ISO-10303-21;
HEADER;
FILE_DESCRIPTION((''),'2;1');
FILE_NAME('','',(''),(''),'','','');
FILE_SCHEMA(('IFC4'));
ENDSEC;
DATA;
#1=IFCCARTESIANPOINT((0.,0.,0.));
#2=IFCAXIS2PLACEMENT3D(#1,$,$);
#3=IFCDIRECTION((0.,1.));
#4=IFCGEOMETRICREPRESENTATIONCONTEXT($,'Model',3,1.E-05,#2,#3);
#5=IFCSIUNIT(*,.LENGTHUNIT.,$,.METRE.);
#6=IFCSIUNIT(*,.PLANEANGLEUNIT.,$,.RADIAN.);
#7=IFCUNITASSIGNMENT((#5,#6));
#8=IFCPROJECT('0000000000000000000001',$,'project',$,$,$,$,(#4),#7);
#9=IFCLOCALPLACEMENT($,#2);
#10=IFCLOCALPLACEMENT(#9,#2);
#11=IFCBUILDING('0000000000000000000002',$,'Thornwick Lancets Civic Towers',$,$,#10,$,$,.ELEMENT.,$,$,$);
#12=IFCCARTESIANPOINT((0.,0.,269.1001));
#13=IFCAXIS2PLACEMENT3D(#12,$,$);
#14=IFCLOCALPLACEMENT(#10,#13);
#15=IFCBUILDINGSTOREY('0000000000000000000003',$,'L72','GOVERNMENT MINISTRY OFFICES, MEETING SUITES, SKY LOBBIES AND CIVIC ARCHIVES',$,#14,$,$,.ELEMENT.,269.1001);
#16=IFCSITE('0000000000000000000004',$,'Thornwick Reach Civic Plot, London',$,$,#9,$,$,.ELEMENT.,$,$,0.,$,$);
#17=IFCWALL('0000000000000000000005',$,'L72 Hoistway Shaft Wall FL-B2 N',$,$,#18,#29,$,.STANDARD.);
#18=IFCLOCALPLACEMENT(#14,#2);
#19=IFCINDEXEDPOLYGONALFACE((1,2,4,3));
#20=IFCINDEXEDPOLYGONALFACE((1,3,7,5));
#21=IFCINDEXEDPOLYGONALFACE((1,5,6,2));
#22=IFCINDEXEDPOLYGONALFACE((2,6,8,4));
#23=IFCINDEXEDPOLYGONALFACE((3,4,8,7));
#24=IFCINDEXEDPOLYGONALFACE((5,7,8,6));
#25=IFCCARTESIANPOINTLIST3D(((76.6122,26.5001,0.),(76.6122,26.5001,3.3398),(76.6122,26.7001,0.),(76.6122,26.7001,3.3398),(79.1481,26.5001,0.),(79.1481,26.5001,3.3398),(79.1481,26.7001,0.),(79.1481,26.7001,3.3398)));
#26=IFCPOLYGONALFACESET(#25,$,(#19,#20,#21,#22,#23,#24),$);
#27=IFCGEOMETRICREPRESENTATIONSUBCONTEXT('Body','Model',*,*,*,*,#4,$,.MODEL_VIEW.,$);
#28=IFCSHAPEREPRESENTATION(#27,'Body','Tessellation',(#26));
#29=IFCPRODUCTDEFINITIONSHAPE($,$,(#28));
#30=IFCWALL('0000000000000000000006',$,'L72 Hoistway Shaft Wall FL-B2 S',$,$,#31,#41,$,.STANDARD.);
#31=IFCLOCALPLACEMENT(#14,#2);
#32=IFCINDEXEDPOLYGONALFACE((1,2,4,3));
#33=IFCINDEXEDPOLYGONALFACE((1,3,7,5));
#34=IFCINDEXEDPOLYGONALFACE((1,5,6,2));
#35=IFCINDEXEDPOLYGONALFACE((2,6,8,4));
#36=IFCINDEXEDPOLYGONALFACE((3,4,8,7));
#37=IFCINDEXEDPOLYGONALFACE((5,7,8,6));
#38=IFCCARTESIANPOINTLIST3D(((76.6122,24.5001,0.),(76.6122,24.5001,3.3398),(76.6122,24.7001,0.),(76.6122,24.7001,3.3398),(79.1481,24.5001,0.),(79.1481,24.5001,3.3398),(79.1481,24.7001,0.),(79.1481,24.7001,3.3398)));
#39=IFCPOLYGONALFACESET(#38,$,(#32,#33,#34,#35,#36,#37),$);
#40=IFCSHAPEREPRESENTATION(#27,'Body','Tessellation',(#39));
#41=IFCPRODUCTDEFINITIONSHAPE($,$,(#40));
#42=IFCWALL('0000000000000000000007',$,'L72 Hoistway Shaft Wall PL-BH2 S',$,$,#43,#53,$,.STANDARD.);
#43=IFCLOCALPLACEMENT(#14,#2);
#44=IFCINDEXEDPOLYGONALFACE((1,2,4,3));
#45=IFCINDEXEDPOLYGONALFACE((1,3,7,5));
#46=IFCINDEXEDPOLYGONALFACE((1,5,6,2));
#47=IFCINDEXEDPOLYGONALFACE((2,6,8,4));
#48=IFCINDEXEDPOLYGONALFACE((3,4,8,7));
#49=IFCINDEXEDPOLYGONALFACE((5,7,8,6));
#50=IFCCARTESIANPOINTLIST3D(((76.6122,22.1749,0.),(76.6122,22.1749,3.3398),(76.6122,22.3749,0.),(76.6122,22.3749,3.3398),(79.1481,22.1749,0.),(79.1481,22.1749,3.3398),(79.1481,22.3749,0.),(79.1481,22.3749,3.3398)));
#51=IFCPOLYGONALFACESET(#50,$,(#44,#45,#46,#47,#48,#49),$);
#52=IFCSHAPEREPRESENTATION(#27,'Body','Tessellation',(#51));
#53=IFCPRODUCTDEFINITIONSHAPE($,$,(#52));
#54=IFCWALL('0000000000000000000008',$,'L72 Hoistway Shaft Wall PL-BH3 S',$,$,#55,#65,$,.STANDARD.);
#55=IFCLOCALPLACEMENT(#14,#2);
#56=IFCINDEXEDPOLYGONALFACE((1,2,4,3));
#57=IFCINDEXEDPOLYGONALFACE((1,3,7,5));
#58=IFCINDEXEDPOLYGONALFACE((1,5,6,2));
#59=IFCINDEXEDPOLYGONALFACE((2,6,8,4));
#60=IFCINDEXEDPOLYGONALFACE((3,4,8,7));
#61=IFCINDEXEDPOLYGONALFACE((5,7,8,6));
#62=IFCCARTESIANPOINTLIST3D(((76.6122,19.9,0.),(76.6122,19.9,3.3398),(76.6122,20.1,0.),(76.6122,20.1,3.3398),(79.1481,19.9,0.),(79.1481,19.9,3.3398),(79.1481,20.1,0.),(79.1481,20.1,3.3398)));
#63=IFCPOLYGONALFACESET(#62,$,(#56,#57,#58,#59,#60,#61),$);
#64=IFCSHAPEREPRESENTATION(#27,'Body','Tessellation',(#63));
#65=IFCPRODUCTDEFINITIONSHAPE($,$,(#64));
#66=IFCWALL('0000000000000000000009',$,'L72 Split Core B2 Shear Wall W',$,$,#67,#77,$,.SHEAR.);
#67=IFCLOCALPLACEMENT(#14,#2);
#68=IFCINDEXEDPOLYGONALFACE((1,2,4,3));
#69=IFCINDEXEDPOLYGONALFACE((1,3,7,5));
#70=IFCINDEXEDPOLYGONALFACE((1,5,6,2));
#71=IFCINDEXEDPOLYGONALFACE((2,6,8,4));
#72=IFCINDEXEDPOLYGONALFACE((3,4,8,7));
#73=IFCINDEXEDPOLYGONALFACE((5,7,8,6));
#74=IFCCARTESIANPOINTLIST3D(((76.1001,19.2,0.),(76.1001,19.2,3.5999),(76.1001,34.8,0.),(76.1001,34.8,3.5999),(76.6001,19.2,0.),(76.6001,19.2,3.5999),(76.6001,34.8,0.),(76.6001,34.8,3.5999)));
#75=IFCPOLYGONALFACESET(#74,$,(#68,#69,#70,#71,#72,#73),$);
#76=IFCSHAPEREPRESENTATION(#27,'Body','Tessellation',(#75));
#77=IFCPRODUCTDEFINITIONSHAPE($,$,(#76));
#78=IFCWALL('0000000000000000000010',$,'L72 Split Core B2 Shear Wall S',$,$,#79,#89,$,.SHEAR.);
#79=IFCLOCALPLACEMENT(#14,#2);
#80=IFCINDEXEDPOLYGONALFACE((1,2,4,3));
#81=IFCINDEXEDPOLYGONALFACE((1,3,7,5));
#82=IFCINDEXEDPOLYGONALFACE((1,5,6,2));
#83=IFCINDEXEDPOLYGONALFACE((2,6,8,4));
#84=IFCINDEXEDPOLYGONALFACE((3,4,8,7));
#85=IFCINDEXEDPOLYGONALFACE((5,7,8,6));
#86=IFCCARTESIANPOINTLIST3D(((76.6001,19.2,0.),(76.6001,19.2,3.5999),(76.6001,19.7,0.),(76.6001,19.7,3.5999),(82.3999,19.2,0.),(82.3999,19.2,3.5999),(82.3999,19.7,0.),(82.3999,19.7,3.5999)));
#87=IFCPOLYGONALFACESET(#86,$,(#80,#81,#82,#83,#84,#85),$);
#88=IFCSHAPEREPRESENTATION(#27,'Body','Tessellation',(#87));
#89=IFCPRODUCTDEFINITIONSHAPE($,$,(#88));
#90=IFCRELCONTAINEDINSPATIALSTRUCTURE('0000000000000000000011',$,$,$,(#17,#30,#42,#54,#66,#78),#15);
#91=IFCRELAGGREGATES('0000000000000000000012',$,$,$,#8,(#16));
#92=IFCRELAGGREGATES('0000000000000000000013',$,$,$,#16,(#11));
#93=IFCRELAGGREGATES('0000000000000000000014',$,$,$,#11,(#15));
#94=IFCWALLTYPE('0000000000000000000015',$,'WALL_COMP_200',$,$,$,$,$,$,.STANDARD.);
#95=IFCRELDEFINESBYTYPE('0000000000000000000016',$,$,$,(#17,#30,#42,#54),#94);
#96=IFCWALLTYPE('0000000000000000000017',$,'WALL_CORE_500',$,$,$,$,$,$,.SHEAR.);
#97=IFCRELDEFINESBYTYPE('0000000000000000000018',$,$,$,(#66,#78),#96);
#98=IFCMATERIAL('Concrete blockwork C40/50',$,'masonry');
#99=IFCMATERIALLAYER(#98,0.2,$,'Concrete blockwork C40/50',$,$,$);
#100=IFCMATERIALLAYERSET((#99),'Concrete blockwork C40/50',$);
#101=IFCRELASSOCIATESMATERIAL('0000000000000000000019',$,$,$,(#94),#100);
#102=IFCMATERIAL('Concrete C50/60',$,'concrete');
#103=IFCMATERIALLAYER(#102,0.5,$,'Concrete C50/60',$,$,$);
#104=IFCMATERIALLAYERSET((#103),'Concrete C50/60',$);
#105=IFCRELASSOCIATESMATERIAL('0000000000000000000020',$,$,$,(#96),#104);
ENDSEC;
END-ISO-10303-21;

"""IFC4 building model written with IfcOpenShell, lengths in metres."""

from ifc_helpers import new_model, si_unit, direction, frame, frame_2d, origin, place, context, subcontext, project, spatial, rectangle, extrude, material, layer, layer_set, type_object, element, save


model = new_model("IFC4")

# Units and contexts
model_context = context("Model", 3, precision=1e-05, world=origin(), true_north=direction((0.0, 1.0)))
body_context = subcontext(model_context, "Body", "Model", "MODEL_VIEW")
ifc_project = project(units=[si_unit("LENGTHUNIT", "METRE"), si_unit("PLANEANGLEUNIT", "RADIAN")], contexts=[model_context])

# Site, building, storey
site_placement = place(None, origin())
site = spatial("IfcSite", under=ifc_project, at=site_placement, Name="Thornwick Reach Civic Plot, London", CompositionType="ELEMENT", RefElevation=0.0)
building_placement = place(site_placement, origin())
building = spatial("IfcBuilding", under=site, at=building_placement, Name="Thornwick Lancets Civic Towers", CompositionType="ELEMENT")
storey_placement = place(building_placement, frame((0.0, 0.0, 269.1001)))
storey = spatial("IfcBuildingStorey", under=building, at=storey_placement, Name="L72", Description="GOVERNMENT MINISTRY OFFICES, MEETING SUITES, SKY LOBBIES AND CIVIC ARCHIVES", CompositionType="ELEMENT", Elevation=269.1001)

# Shared definitions
ifc_material_1 = material(Name="Concrete C50/60", Category="concrete")

# Shared definitions
ifc_material_2 = material(Name="Concrete blockwork C40/50", Category="masonry")
ifc_layer_1 = layer(ifc_material_2, 0.2, Name="Concrete blockwork C40/50")
ifc_layer_set_1 = layer_set([ifc_layer_1], Name="Concrete blockwork C40/50")
wall_type_1 = type_object("IfcWallType", Name="WALL_COMP_200", PredefinedType="STANDARD", material=ifc_layer_set_1)

# Walls
for number, where, z_axis, x_axis, name in (
    (1, (76.6121, 26.6001, 0.0), (0.0, 0.0, 1.0), (1.0, 0.0, 0.0), "L72 Hoistway Shaft Wall FL-B2 N"),
    (2, (76.6121, 24.6001, 0.0), (0.0, 0.0, 1.0), (1.0, 0.0, 0.0), "L72 Hoistway Shaft Wall FL-B2 S"),
    (3, (76.6121, 22.2749, 0.0), (0.0, 0.0, 1.0), (1.0, 0.0, 0.0), "L72 Hoistway Shaft Wall PL-BH2 S"),
    (4, (76.6121, 20.0, 0.0), (0.0, 0.0, 1.0), (1.0, 0.0, 0.0), "L72 Hoistway Shaft Wall PL-BH3 S"),
):
    element("IfcWall", number, at=place(storey_placement, frame(where, z_axis=z_axis, x_axis=x_axis)), inside=storey, type_object=wall_type_1, Name=name, PredefinedType="STANDARD", context=body_context, shape_type="SweptSolid", body=[
        extrude(rectangle(XDim=2.5359, YDim=0.2, at=frame_2d((1.2681, 0.0))), origin(), (0.0, 0.0, 1.0), 3.3398),
    ])
ifc_layer_2 = layer(ifc_material_1, 0.5, Name="Concrete C50/60")
ifc_layer_set_2 = layer_set([ifc_layer_2], Name="Concrete C50/60")
wall_type_2 = type_object("IfcWallType", Name="WALL_CORE_500", PredefinedType="SHEAR", material=ifc_layer_set_2)
wall_1_placement = place(storey_placement, frame((76.3501, 19.2, 0.0), z_axis=(0.0, 0.0, 1.0), x_axis=(0.0, 1.0, 0.0)))
element("IfcWall", 5, at=wall_1_placement, inside=storey, type_object=wall_type_2, Name="L72 Split Core B2 Shear Wall W", PredefinedType="SHEAR", context=body_context, shape_type="SweptSolid", body=[
    extrude(rectangle(XDim=15.6001, YDim=0.5, at=frame_2d((7.8, 0.0))), origin(), (0.0, 0.0, 1.0), 3.5999),
])
wall_2_placement = place(storey_placement, frame((76.6001, 19.45, 0.0), z_axis=(0.0, 0.0, 1.0), x_axis=(1.0, 0.0, 0.0)))
element("IfcWall", 6, at=wall_2_placement, inside=storey, type_object=wall_type_2, Name="L72 Split Core B2 Shear Wall S", PredefinedType="SHEAR", context=body_context, shape_type="SweptSolid", body=[
    extrude(rectangle(XDim=5.7998, YDim=0.5, at=frame_2d((2.8999, 0.0))), origin(), (0.0, 0.0, 1.0), 3.5999),
])

save(model, "model.ifc")
